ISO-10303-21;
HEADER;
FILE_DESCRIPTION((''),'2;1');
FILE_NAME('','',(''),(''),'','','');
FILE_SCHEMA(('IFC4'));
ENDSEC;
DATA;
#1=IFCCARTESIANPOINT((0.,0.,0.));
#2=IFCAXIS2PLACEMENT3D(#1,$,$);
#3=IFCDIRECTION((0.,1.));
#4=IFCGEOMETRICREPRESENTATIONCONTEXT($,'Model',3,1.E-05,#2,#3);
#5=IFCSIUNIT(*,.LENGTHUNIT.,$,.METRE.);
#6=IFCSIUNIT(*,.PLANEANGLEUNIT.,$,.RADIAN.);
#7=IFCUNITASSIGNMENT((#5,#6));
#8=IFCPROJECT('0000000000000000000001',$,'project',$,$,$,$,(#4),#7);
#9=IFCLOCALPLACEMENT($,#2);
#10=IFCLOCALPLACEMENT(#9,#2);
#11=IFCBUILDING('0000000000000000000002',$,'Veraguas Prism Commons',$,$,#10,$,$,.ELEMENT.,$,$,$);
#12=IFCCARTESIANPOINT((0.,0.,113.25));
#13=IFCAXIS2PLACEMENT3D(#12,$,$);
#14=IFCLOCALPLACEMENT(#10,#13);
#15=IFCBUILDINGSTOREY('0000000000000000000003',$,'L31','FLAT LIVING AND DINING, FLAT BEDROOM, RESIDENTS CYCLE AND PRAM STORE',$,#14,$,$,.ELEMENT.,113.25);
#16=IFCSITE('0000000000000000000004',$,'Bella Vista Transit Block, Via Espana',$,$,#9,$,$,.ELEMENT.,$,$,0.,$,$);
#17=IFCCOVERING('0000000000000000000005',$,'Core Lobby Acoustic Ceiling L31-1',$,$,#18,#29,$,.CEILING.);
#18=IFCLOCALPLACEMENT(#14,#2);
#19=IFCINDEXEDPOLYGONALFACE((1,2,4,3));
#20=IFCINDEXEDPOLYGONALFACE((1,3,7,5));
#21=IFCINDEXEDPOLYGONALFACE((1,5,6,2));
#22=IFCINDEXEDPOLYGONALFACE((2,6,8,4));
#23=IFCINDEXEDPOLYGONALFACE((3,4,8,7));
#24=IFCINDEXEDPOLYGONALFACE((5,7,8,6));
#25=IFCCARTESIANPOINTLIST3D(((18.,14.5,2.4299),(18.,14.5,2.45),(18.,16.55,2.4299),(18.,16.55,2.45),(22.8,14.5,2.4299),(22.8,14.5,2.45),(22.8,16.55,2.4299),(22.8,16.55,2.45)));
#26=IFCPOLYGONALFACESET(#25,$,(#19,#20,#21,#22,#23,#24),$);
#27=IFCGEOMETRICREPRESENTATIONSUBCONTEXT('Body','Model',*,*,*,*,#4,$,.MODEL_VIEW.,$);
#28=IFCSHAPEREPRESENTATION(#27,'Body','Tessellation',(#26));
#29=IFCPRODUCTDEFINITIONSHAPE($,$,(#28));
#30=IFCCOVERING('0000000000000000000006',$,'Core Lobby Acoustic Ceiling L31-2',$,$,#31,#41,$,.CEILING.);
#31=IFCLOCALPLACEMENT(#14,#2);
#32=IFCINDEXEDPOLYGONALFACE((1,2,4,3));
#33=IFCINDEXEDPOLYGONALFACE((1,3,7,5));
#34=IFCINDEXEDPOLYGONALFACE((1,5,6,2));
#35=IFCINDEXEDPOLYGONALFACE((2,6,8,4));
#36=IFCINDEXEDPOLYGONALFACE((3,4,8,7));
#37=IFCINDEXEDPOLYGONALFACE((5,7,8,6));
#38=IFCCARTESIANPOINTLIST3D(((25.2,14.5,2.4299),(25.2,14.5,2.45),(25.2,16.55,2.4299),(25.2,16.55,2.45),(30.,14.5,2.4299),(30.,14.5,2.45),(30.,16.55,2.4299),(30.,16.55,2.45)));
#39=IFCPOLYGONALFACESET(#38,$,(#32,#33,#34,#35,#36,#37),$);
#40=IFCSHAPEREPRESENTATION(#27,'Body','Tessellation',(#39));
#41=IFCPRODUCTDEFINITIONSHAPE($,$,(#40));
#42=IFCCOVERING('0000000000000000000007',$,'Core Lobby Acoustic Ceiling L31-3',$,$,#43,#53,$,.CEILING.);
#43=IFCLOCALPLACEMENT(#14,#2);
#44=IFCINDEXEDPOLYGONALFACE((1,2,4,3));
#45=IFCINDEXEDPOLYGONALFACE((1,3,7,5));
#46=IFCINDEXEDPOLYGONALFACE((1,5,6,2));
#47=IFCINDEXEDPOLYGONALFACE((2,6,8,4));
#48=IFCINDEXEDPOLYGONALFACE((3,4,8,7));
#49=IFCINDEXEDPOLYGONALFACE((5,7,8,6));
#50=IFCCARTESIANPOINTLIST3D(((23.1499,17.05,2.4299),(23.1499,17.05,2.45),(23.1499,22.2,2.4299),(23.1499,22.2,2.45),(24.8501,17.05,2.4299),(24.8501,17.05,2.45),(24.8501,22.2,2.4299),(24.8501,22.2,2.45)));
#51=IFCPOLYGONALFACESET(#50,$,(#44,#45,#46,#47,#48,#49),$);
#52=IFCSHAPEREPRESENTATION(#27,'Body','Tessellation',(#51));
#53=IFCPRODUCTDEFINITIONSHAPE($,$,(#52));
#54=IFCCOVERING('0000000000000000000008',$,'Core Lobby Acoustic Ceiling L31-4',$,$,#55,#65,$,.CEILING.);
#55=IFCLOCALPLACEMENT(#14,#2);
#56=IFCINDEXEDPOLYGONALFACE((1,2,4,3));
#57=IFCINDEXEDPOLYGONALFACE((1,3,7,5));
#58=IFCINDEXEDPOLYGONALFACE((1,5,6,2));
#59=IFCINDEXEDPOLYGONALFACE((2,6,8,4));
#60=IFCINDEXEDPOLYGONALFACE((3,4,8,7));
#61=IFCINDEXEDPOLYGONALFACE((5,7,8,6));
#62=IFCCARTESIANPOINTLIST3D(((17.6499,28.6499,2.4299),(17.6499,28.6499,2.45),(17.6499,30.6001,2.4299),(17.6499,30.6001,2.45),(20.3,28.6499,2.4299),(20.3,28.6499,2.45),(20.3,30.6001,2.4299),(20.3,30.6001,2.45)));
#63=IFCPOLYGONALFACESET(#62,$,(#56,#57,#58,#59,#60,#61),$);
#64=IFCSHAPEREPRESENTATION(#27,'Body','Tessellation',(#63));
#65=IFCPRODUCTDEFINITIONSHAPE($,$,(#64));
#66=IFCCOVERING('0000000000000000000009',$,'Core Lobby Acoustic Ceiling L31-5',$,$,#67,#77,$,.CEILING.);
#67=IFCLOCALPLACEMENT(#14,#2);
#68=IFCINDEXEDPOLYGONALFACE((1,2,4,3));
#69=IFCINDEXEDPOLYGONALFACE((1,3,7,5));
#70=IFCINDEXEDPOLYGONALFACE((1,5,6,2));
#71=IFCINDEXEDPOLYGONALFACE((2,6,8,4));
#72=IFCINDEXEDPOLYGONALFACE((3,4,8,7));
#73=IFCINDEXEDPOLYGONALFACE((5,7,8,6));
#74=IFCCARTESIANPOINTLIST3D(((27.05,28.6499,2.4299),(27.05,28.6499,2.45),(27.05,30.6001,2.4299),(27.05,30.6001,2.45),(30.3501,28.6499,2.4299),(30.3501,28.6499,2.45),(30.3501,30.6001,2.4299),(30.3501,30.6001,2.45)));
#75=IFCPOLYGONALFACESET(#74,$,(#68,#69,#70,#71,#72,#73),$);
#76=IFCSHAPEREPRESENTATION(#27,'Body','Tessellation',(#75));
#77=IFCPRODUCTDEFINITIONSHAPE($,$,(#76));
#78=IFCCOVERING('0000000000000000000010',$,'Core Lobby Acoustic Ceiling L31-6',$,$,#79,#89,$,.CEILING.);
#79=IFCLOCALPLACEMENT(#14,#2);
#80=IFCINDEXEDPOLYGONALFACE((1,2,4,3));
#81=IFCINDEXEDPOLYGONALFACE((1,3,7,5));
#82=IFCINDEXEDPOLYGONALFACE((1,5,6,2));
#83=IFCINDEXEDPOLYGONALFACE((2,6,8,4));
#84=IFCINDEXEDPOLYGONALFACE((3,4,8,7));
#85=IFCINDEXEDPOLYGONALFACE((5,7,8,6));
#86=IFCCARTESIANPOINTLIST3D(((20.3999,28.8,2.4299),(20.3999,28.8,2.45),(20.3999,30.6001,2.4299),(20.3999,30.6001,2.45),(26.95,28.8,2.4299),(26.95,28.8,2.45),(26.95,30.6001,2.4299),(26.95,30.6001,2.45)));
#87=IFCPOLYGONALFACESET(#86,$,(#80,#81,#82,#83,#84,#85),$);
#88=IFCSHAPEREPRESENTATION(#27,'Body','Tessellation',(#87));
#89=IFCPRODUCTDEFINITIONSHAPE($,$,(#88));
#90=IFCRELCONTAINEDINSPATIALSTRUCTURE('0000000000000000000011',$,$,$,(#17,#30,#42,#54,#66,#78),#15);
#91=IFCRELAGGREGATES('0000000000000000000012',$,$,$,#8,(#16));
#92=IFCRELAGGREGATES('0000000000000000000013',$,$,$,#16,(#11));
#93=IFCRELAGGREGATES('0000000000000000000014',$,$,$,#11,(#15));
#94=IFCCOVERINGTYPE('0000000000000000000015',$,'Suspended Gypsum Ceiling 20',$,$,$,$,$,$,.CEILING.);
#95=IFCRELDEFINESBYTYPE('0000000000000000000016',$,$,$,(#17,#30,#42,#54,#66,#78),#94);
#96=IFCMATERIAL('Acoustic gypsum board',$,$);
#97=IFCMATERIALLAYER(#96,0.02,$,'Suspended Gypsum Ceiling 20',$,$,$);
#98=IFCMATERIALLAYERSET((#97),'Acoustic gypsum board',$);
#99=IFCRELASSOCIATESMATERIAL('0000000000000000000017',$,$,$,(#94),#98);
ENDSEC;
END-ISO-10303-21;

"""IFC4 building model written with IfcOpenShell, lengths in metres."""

from ifc_helpers import new_model, si_unit, direction, frame, origin, place, context, subcontext, project, spatial, polyline, outline, extrude, material, layer, layer_set, type_object, element, save


model = new_model("IFC4")

# Units and contexts
model_context = context("Model", 3, precision=1e-05, world=origin(), true_north=direction((0.0, 1.0)))
body_context = subcontext(model_context, "Body", "Model", "MODEL_VIEW")
ifc_project = project(units=[si_unit("LENGTHUNIT", "METRE"), si_unit("PLANEANGLEUNIT", "RADIAN")], contexts=[model_context])

# Site, building, storey
site_placement = place(None, origin())
site = spatial("IfcSite", under=ifc_project, at=site_placement, Name="Bella Vista Transit Block, Via Espana", CompositionType="ELEMENT", RefElevation=0.0)
building_placement = place(site_placement, origin())
building = spatial("IfcBuilding", under=site, at=building_placement, Name="Veraguas Prism Commons", CompositionType="ELEMENT")
storey_placement = place(building_placement, frame((0.0, 0.0, 113.25)))
storey = spatial("IfcBuildingStorey", under=building, at=storey_placement, Name="L31", Description="FLAT LIVING AND DINING, FLAT BEDROOM, RESIDENTS CYCLE AND PRAM STORE", CompositionType="ELEMENT", Elevation=113.25)

# Coverings
ifc_material_1 = material(Name="Acoustic gypsum board")
ifc_layer_1 = layer(ifc_material_1, 0.02, Name="Suspended Gypsum Ceiling 20")
ifc_layer_set_1 = layer_set([ifc_layer_1], Name="Acoustic gypsum board")
covering_type_1 = type_object("IfcCoveringType", Name="Suspended Gypsum Ceiling 20", PredefinedType="CEILING", material=ifc_layer_set_1)
covering_1_placement = place(storey_placement, frame((0.0, 0.0, 2.4299)))
element("IfcCovering", 1, at=covering_1_placement, inside=storey, type_object=covering_type_1, Name="Core Lobby Acoustic Ceiling L31-1", PredefinedType="CEILING", context=body_context, shape_type="SweptSolid", body=[
    extrude(outline(polyline([(18.0, 14.5), (22.8, 14.5), (22.8, 16.55), (18.0, 16.55), (18.0, 14.5)])), origin(), (0.0, 0.0, 1.0), 0.02),
])
covering_2_placement = place(storey_placement, frame((0.0, 0.0, 2.4299)))
element("IfcCovering", 2, at=covering_2_placement, inside=storey, type_object=covering_type_1, Name="Core Lobby Acoustic Ceiling L31-2", PredefinedType="CEILING", context=body_context, shape_type="SweptSolid", body=[
    extrude(outline(polyline([(25.2, 14.5), (30.0, 14.5), (30.0, 16.55), (25.2, 16.55), (25.2, 14.5)])), origin(), (0.0, 0.0, 1.0), 0.02),
])
covering_3_placement = place(storey_placement, frame((0.0, 0.0, 2.4299)))
element("IfcCovering", 3, at=covering_3_placement, inside=storey, type_object=covering_type_1, Name="Core Lobby Acoustic Ceiling L31-3", PredefinedType="CEILING", context=body_context, shape_type="SweptSolid", body=[
    extrude(outline(polyline([(23.1499, 17.05), (24.8501, 17.05), (24.8501, 22.2), (23.1499, 22.2), (23.1499, 17.05)])), origin(), (0.0, 0.0, 1.0), 0.02),
])
covering_4_placement = place(storey_placement, frame((0.0, 0.0, 2.4299)))
element("IfcCovering", 4, at=covering_4_placement, inside=storey, type_object=covering_type_1, Name="Core Lobby Acoustic Ceiling L31-4", PredefinedType="CEILING", context=body_context, shape_type="SweptSolid", body=[
    extrude(outline(polyline([(17.6499, 28.6499), (20.3, 28.6499), (20.3, 30.6001), (17.6499, 30.6001), (17.6499, 28.6499)])), origin(), (0.0, 0.0, 1.0), 0.02),
])
covering_5_placement = place(storey_placement, frame((0.0, 0.0, 2.4299)))
element("IfcCovering", 5, at=covering_5_placement, inside=storey, type_object=covering_type_1, Name="Core Lobby Acoustic Ceiling L31-5", PredefinedType="CEILING", context=body_context, shape_type="SweptSolid", body=[
    extrude(outline(polyline([(27.05, 28.6499), (30.3501, 28.6499), (30.3501, 30.6001), (27.05, 30.6001), (27.05, 28.6499)])), origin(), (0.0, 0.0, 1.0), 0.02),
])
covering_6_placement = place(storey_placement, frame((0.0, 0.0, 2.4299)))
element("IfcCovering", 6, at=covering_6_placement, inside=storey, type_object=covering_type_1, Name="Core Lobby Acoustic Ceiling L31-6", PredefinedType="CEILING", context=body_context, shape_type="SweptSolid", body=[
    extrude(outline(polyline([(20.3999, 28.8), (26.95, 28.8), (26.95, 30.6001), (20.3999, 30.6001), (20.3999, 28.8)])), origin(), (0.0, 0.0, 1.0), 0.02),
])

save(model, "model.ifc")
